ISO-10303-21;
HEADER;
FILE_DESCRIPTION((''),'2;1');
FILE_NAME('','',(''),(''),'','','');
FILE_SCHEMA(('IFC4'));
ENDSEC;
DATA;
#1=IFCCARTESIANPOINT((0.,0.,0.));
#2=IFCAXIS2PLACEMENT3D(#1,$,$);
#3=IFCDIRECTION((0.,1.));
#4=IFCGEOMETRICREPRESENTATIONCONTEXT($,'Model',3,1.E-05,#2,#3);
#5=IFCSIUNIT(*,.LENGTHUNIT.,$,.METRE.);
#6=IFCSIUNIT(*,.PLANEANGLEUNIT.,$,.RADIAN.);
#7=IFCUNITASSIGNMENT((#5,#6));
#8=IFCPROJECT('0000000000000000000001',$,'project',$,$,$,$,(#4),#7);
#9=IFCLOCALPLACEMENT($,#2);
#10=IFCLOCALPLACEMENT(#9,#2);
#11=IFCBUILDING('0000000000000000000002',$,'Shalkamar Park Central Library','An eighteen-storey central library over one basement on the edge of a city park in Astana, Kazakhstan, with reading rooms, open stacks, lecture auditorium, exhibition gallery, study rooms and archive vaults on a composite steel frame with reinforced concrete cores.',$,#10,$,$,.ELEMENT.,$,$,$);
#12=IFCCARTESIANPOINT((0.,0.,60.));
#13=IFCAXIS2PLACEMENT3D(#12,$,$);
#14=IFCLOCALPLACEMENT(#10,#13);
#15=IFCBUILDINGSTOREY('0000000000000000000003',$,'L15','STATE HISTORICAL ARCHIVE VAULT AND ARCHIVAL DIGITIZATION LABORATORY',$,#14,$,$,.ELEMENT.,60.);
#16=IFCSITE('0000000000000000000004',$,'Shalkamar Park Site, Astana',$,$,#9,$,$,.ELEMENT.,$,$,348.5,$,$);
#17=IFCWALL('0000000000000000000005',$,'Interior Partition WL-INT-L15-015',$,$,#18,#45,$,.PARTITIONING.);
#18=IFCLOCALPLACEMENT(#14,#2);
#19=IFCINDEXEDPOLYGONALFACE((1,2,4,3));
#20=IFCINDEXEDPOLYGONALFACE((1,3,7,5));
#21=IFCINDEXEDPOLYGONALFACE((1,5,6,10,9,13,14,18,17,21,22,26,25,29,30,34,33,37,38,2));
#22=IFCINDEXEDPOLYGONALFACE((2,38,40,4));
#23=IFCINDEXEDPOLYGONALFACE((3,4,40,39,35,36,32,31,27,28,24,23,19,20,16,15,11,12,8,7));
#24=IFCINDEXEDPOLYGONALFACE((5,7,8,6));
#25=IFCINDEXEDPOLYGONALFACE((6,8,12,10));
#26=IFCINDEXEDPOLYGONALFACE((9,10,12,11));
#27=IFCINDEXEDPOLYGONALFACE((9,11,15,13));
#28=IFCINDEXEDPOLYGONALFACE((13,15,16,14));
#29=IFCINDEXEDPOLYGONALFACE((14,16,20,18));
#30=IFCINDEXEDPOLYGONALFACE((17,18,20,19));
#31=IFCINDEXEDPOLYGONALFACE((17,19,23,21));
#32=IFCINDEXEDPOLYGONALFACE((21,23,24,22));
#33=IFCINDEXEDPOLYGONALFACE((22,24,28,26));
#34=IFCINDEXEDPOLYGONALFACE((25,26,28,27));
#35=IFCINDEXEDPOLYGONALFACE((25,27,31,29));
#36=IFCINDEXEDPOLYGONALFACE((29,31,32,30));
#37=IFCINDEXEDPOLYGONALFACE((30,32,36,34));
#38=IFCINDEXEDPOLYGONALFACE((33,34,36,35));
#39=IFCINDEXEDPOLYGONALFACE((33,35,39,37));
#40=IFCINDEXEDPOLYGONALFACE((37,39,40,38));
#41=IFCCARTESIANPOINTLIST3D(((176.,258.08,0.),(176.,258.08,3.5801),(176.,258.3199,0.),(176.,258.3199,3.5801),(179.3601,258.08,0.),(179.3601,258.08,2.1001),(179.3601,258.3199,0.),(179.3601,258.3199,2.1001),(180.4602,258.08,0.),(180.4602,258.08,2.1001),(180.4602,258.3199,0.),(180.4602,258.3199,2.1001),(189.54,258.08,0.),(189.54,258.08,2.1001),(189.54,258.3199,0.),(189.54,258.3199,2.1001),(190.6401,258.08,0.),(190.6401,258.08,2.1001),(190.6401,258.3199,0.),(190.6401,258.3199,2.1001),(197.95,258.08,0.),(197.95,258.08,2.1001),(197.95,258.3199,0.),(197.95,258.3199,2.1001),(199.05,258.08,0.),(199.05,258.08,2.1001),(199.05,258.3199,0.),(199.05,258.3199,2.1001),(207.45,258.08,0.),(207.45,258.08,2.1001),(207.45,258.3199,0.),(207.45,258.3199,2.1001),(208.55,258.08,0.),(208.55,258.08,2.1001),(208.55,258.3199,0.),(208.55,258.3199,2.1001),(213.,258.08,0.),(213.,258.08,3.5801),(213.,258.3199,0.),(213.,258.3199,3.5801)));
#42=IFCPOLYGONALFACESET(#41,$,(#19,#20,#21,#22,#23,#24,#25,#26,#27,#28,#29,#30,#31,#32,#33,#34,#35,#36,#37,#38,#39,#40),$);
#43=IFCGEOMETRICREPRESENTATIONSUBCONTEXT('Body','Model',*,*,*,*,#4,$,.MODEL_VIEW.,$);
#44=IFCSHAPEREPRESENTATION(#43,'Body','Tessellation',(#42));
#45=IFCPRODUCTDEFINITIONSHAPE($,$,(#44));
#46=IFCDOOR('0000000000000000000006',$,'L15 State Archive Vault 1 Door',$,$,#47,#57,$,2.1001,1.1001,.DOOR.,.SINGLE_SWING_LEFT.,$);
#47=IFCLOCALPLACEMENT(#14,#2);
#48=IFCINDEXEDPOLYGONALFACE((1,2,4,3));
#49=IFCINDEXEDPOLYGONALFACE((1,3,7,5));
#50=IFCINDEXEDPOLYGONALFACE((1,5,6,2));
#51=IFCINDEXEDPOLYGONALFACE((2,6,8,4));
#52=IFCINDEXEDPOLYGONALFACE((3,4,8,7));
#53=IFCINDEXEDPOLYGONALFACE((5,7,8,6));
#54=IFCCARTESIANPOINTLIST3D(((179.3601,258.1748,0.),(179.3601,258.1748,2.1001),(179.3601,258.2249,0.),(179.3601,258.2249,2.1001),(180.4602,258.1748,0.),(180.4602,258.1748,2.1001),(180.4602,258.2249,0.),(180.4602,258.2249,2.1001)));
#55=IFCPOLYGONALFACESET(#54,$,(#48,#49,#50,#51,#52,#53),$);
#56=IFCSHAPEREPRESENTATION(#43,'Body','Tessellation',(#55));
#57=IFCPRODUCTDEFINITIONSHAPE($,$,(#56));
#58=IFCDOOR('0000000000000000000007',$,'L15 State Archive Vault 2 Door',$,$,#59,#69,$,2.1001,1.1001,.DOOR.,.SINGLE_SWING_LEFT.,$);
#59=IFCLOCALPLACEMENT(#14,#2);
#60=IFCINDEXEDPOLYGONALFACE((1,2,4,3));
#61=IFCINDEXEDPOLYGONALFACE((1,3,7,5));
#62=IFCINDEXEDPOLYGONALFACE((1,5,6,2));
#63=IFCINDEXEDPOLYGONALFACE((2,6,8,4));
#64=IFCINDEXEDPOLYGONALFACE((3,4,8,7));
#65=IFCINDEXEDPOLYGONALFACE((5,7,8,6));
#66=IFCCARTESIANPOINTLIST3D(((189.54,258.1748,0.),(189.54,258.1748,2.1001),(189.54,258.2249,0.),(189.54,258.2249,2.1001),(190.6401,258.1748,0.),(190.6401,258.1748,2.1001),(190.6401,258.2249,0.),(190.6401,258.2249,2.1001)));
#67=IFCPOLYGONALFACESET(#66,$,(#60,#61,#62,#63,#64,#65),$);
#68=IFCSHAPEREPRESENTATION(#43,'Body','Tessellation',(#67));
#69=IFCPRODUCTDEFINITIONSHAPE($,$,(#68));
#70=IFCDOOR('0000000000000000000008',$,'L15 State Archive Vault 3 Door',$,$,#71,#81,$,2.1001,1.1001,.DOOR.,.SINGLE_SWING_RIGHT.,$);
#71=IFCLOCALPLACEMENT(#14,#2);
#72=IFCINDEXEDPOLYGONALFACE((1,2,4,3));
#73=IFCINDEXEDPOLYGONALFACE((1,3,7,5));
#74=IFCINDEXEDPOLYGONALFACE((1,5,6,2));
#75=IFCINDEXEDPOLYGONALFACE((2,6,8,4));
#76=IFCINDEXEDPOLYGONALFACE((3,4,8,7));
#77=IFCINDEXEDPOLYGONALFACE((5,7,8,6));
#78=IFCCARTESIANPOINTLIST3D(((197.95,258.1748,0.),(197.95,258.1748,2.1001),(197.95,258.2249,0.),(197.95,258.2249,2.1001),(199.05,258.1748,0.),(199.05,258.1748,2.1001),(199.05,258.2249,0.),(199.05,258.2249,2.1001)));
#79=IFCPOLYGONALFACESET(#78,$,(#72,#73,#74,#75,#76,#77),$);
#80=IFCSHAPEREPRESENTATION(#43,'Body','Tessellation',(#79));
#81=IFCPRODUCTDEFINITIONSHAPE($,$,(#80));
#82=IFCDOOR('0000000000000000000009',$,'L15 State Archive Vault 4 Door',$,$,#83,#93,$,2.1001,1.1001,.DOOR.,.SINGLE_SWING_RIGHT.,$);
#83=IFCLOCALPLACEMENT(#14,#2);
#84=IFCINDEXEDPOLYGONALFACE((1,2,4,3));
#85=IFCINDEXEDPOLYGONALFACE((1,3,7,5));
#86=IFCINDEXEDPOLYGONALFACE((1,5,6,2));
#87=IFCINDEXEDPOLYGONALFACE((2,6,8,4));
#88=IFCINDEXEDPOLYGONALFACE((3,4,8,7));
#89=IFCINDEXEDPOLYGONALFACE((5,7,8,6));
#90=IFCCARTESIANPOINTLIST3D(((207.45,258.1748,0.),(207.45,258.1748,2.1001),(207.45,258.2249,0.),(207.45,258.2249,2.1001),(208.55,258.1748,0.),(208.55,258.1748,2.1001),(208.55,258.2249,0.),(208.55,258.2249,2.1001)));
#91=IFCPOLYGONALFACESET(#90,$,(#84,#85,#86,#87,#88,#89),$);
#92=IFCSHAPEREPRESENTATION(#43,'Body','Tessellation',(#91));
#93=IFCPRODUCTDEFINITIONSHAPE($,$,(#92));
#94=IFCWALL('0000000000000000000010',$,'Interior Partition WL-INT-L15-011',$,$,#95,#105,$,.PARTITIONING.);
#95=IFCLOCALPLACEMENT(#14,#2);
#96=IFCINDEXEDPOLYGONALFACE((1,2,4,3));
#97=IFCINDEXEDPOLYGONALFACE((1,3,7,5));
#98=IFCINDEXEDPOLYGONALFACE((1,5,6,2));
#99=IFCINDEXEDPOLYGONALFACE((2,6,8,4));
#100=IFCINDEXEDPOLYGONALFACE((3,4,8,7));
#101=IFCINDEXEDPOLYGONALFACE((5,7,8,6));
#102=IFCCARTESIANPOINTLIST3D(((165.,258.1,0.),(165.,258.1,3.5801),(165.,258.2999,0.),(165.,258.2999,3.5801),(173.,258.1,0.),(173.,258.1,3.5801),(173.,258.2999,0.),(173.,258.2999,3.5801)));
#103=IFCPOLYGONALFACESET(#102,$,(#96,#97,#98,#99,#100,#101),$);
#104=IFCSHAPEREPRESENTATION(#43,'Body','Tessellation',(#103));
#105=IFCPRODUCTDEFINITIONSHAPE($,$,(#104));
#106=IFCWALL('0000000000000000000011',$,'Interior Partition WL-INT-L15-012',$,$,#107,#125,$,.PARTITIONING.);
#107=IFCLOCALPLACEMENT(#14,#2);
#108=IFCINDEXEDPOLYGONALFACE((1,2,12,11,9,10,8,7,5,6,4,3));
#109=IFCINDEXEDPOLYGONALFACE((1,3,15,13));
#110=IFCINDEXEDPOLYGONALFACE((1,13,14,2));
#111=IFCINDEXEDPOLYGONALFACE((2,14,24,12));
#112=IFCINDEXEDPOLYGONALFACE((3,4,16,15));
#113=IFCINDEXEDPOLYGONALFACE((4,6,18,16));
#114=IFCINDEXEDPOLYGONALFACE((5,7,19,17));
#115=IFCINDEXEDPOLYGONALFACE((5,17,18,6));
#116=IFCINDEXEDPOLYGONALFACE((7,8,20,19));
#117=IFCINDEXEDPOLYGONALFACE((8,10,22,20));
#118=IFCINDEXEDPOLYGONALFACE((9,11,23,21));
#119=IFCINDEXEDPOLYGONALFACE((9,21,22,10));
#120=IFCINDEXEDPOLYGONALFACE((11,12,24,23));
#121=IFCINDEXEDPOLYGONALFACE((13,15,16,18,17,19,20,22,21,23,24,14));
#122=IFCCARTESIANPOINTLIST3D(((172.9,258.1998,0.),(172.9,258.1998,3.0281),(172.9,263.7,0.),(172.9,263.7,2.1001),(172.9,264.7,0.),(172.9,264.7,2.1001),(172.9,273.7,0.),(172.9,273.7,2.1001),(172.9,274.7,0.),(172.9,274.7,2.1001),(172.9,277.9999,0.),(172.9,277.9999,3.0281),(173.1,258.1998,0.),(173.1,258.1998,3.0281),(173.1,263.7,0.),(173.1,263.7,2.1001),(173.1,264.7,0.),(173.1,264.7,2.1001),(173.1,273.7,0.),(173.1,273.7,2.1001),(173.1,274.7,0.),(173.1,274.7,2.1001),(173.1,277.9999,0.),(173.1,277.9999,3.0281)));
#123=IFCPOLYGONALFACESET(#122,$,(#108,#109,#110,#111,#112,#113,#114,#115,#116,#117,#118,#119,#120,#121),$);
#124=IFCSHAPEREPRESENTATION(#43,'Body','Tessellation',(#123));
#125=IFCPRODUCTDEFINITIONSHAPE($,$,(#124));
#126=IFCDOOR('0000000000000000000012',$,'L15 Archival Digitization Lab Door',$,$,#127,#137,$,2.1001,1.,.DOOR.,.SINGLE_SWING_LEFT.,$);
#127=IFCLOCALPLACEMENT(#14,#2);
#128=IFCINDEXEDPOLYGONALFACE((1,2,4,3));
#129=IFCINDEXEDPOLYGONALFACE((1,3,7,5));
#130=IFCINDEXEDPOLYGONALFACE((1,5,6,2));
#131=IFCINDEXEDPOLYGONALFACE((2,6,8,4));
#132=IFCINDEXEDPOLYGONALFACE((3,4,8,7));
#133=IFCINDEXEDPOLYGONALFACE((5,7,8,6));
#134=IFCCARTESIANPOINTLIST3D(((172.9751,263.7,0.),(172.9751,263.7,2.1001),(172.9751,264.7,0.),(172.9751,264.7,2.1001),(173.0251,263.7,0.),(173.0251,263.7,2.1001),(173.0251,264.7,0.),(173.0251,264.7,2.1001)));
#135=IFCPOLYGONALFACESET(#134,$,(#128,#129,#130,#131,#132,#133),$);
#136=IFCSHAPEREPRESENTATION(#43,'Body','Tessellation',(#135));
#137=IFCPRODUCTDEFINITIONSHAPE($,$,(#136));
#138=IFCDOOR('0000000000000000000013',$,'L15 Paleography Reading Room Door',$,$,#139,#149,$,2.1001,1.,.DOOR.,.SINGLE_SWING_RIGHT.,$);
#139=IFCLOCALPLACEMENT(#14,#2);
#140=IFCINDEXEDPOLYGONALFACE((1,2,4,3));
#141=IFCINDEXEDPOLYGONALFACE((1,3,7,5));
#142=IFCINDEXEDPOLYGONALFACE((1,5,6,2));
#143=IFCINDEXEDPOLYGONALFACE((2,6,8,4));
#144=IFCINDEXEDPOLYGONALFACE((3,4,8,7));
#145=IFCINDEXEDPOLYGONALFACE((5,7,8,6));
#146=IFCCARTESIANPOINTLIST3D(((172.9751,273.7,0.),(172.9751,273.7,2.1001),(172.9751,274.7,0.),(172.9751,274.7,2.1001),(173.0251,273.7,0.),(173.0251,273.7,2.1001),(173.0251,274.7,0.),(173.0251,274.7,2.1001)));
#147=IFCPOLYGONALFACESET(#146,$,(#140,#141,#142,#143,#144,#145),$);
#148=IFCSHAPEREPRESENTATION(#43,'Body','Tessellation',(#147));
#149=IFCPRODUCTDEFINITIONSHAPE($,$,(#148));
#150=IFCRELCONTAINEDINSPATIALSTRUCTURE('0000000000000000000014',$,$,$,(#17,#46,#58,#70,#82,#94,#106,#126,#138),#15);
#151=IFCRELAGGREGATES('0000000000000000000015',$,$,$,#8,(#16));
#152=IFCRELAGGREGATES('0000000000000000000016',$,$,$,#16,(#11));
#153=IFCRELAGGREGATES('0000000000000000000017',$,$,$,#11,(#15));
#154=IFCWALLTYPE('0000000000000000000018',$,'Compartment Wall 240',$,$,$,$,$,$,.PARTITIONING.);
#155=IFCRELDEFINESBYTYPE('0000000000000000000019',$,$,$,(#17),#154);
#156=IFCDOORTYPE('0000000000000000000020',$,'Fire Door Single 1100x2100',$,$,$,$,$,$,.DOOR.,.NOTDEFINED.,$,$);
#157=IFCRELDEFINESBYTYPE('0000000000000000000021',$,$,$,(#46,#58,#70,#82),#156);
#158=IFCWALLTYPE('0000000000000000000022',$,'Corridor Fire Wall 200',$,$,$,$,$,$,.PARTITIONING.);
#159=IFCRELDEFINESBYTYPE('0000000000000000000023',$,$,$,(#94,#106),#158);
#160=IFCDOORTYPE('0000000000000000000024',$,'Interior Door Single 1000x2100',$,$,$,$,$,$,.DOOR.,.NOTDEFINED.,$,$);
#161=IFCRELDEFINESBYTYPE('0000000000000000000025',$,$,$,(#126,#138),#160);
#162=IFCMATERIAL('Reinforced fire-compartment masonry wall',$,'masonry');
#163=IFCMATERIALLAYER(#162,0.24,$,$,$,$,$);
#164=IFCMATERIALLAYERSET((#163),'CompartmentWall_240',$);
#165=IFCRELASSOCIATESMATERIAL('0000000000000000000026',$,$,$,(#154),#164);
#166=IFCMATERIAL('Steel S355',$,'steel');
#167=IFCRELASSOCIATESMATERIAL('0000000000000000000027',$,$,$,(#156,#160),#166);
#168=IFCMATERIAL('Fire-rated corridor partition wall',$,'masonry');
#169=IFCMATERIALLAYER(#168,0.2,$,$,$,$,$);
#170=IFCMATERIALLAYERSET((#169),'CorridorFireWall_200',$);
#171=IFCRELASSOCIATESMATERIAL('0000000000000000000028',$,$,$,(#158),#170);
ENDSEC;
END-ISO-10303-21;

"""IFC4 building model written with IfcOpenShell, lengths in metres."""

from ifc_helpers import new_model, si_unit, direction, frame, frame_2d, origin, place, context, subcontext, project, spatial, rectangle, extrude, material, layer, layer_set, type_object, element, fill, save


model = new_model("IFC4")

# Units and contexts
model_context = context("Model", 3, precision=1e-05, world=origin(), true_north=direction((0.0, 1.0)))
body_context = subcontext(model_context, "Body", "Model", "MODEL_VIEW")
ifc_project = project(units=[si_unit("LENGTHUNIT", "METRE"), si_unit("PLANEANGLEUNIT", "RADIAN")], contexts=[model_context])

# Site, building, storey
site_placement = place(None, origin())
site = spatial("IfcSite", under=ifc_project, at=site_placement, Name="Shalkamar Park Site, Astana", CompositionType="ELEMENT", RefElevation=348.5)
building_placement = place(site_placement, origin())
building = spatial("IfcBuilding", under=site, at=building_placement, Name="Shalkamar Park Central Library", Description="An eighteen-storey central library over one basement on the edge of a city park in Astana, Kazakhstan, with reading rooms, open stacks, lecture auditorium, exhibition gallery, study rooms and archive vaults on a composite steel frame with reinforced concrete cores.", CompositionType="ELEMENT")
storey_placement = place(building_placement, frame((0.0, 0.0, 60.0)))
storey = spatial("IfcBuildingStorey", under=building, at=storey_placement, Name="L15", Description="STATE HISTORICAL ARCHIVE VAULT AND ARCHIVAL DIGITIZATION LABORATORY", CompositionType="ELEMENT", Elevation=60.0)

# Shared definitions
ifc_material_1 = material(Name="Steel S355", Category="steel")

# Shared definitions
ifc_material_2 = material(Name="Reinforced fire-compartment masonry wall", Category="masonry")
ifc_layer_1 = layer(ifc_material_2, 0.24)
ifc_layer_set_1 = layer_set([ifc_layer_1], Name="CompartmentWall_240")
wall_type_1 = type_object("IfcWallType", Name="Compartment Wall 240", PredefinedType="PARTITIONING", material=ifc_layer_set_1)

# Wall, openings, doors
wall_1_placement = place(storey_placement, frame((176.0, 258.2, 0.0), z_axis=(0.0, 0.0, 1.0), x_axis=(1.0, 0.0, 0.0)))
wall_1 = element("IfcWall", 1, at=wall_1_placement, inside=storey, type_object=wall_type_1, Name="Interior Partition WL-INT-L15-015", PredefinedType="PARTITIONING", context=body_context, shape_type="SweptSolid", body=[
    extrude(rectangle(XDim=37.0, YDim=0.24, at=frame_2d((18.5, 0.0))), origin(), (0.0, 0.0, 1.0), 3.5801),
])
opening_1_placement = place(wall_1_placement, frame((3.3601, 0.0, 0.0)))
opening_1 = element("IfcOpeningElement", 2, at=opening_1_placement, cuts=wall_1, PredefinedType="OPENING", context=body_context, shape_type="SweptSolid", body=[
    extrude(rectangle(XDim=1.1001, YDim=2.1001, at=frame_2d((0.55, 1.05))), frame((0.0, 0.1348, 0.0), z_axis=(0.0, -1.0, 0.0), x_axis=(1.0, 0.0, 0.0)), (0.0, 0.0, 1.0), 0.2698),
])
opening_2_placement = place(wall_1_placement, frame((13.54, 0.0, 0.0)))
opening_2 = element("IfcOpeningElement", 3, at=opening_2_placement, cuts=wall_1, PredefinedType="OPENING", context=body_context, shape_type="SweptSolid", body=[
    extrude(rectangle(XDim=1.1001, YDim=2.1001, at=frame_2d((0.55, 1.05))), frame((0.0, 0.1348, 0.0), z_axis=(0.0, -1.0, 0.0), x_axis=(1.0, 0.0, 0.0)), (0.0, 0.0, 1.0), 0.2698),
])
opening_3_placement = place(wall_1_placement, frame((21.95, 0.0, 0.0)))
opening_3 = element("IfcOpeningElement", 4, at=opening_3_placement, cuts=wall_1, PredefinedType="OPENING", context=body_context, shape_type="SweptSolid", body=[
    extrude(rectangle(XDim=1.1001, YDim=2.1001, at=frame_2d((0.55, 1.05))), frame((0.0, 0.1348, 0.0), z_axis=(0.0, -1.0, 0.0), x_axis=(1.0, 0.0, 0.0)), (0.0, 0.0, 1.0), 0.2698),
])
opening_4_placement = place(wall_1_placement, frame((31.45, 0.0, 0.0)))
opening_4 = element("IfcOpeningElement", 5, at=opening_4_placement, cuts=wall_1, PredefinedType="OPENING", context=body_context, shape_type="SweptSolid", body=[
    extrude(rectangle(XDim=1.1001, YDim=2.1001, at=frame_2d((0.55, 1.05))), frame((0.0, 0.1348, 0.0), z_axis=(0.0, -1.0, 0.0), x_axis=(1.0, 0.0, 0.0)), (0.0, 0.0, 1.0), 0.2698),
])
door_type_1 = type_object("IfcDoorType", Name="Fire Door Single 1100x2100", OperationType="NOTDEFINED", PredefinedType="DOOR", material=ifc_material_1)
door_1_placement = place(opening_1_placement, origin())
door_1 = element("IfcDoor", 6, at=door_1_placement, inside=storey, type_object=door_type_1, Name="L15 State Archive Vault 1 Door", OperationType="SINGLE_SWING_LEFT", OverallHeight=2.1001, OverallWidth=1.1001, PredefinedType="DOOR", context=body_context, shape_type="SweptSolid", body=[
    extrude(rectangle(XDim=1.1001, YDim=2.1001, at=frame_2d((0.55, 1.05))), frame((0.0, 0.0249, 0.0), z_axis=(0.0, -1.0, 0.0), x_axis=(1.0, 0.0, 0.0)), (0.0, 0.0, 1.0), 0.05),
])
fill(opening_1, door_1)
door_2_placement = place(opening_2_placement, origin())
door_2 = element("IfcDoor", 7, at=door_2_placement, inside=storey, type_object=door_type_1, Name="L15 State Archive Vault 2 Door", OperationType="SINGLE_SWING_LEFT", OverallHeight=2.1001, OverallWidth=1.1001, PredefinedType="DOOR", context=body_context, shape_type="SweptSolid", body=[
    extrude(rectangle(XDim=1.1001, YDim=2.1001, at=frame_2d((0.55, 1.05))), frame((0.0, 0.0249, 0.0), z_axis=(0.0, -1.0, 0.0), x_axis=(1.0, 0.0, 0.0)), (0.0, 0.0, 1.0), 0.05),
])
fill(opening_2, door_2)
door_3_placement = place(opening_3_placement, origin())
door_3 = element("IfcDoor", 8, at=door_3_placement, inside=storey, type_object=door_type_1, Name="L15 State Archive Vault 3 Door", OperationType="SINGLE_SWING_RIGHT", OverallHeight=2.1001, OverallWidth=1.1001, PredefinedType="DOOR", context=body_context, shape_type="SweptSolid", body=[
    extrude(rectangle(XDim=1.1001, YDim=2.1001, at=frame_2d((0.55, 1.05))), frame((0.0, 0.0249, 0.0), z_axis=(0.0, -1.0, 0.0), x_axis=(1.0, 0.0, 0.0)), (0.0, 0.0, 1.0), 0.05),
])
fill(opening_3, door_3)
door_4_placement = place(opening_4_placement, origin())
door_4 = element("IfcDoor", 9, at=door_4_placement, inside=storey, type_object=door_type_1, Name="L15 State Archive Vault 4 Door", OperationType="SINGLE_SWING_RIGHT", OverallHeight=2.1001, OverallWidth=1.1001, PredefinedType="DOOR", context=body_context, shape_type="SweptSolid", body=[
    extrude(rectangle(XDim=1.1001, YDim=2.1001, at=frame_2d((0.55, 1.05))), frame((0.0, 0.0249, 0.0), z_axis=(0.0, -1.0, 0.0), x_axis=(1.0, 0.0, 0.0)), (0.0, 0.0, 1.0), 0.05),
])
fill(opening_4, door_4)

# Wall
ifc_material_3 = material(Name="Fire-rated corridor partition wall", Category="masonry")
ifc_layer_2 = layer(ifc_material_3, 0.2)
ifc_layer_set_2 = layer_set([ifc_layer_2], Name="CorridorFireWall_200")
wall_type_2 = type_object("IfcWallType", Name="Corridor Fire Wall 200", PredefinedType="PARTITIONING", material=ifc_layer_set_2)
wall_2_placement = place(storey_placement, frame((165.0, 258.2, 0.0), z_axis=(0.0, 0.0, 1.0), x_axis=(1.0, 0.0, 0.0)))
element("IfcWall", 10, at=wall_2_placement, inside=storey, type_object=wall_type_2, Name="Interior Partition WL-INT-L15-011", PredefinedType="PARTITIONING", context=body_context, shape_type="SweptSolid", body=[
    extrude(rectangle(XDim=8.0, YDim=0.2, at=frame_2d((4.0, 0.0))), origin(), (0.0, 0.0, 1.0), 3.5801),
])

# Wall, openings, doors
wall_3_placement = place(storey_placement, frame((173.0, 258.2, 0.0), z_axis=(0.0, 0.0, 1.0), x_axis=(0.0, 1.0, 0.0)))
wall_3 = element("IfcWall", 11, at=wall_3_placement, inside=storey, type_object=wall_type_2, Name="Interior Partition WL-INT-L15-012", PredefinedType="PARTITIONING", context=body_context, shape_type="SweptSolid", body=[
    extrude(rectangle(XDim=19.8, YDim=0.2, at=frame_2d((9.8999, 0.0))), origin(), (0.0, 0.0, 1.0), 3.0281),
])
opening_5_placement = place(wall_3_placement, frame((5.5, 0.0, 0.0)))
opening_5 = element("IfcOpeningElement", 12, at=opening_5_placement, cuts=wall_3, PredefinedType="OPENING", context=body_context, shape_type="SweptSolid", body=[
    extrude(rectangle(XDim=1.0, YDim=2.1001, at=frame_2d((0.5, 1.05))), frame((0.0, 0.1147, 0.0), z_axis=(0.0, -1.0, 0.0), x_axis=(1.0, 0.0, 0.0)), (0.0, 0.0, 1.0), 0.2297),
])
opening_6_placement = place(wall_3_placement, frame((15.5, 0.0, 0.0)))
opening_6 = element("IfcOpeningElement", 13, at=opening_6_placement, cuts=wall_3, PredefinedType="OPENING", context=body_context, shape_type="SweptSolid", body=[
    extrude(rectangle(XDim=1.0, YDim=2.1001, at=frame_2d((0.5, 1.05))), frame((0.0, 0.1147, 0.0), z_axis=(0.0, -1.0, 0.0), x_axis=(1.0, 0.0, 0.0)), (0.0, 0.0, 1.0), 0.2297),
])
door_type_2 = type_object("IfcDoorType", Name="Interior Door Single 1000x2100", OperationType="NOTDEFINED", PredefinedType="DOOR", material=ifc_material_1)
door_5_placement = place(opening_5_placement, origin())
door_5 = element("IfcDoor", 14, at=door_5_placement, inside=storey, type_object=door_type_2, Name="L15 Archival Digitization Lab Door", OperationType="SINGLE_SWING_LEFT", OverallHeight=2.1001, OverallWidth=1.0, PredefinedType="DOOR", context=body_context, shape_type="SweptSolid", body=[
    extrude(rectangle(XDim=1.0, YDim=2.1001, at=frame_2d((0.5, 1.05))), frame((0.0, 0.0249, 0.0), z_axis=(0.0, -1.0, 0.0), x_axis=(1.0, 0.0, 0.0)), (0.0, 0.0, 1.0), 0.05),
])
fill(opening_5, door_5)
door_6_placement = place(opening_6_placement, origin())
door_6 = element("IfcDoor", 15, at=door_6_placement, inside=storey, type_object=door_type_2, Name="L15 Paleography Reading Room Door", OperationType="SINGLE_SWING_RIGHT", OverallHeight=2.1001, OverallWidth=1.0, PredefinedType="DOOR", context=body_context, shape_type="SweptSolid", body=[
    extrude(rectangle(XDim=1.0, YDim=2.1001, at=frame_2d((0.5, 1.05))), frame((0.0, 0.0249, 0.0), z_axis=(0.0, -1.0, 0.0), x_axis=(1.0, 0.0, 0.0)), (0.0, 0.0, 1.0), 0.05),
])
fill(opening_6, door_6)

save(model, "model.ifc")
